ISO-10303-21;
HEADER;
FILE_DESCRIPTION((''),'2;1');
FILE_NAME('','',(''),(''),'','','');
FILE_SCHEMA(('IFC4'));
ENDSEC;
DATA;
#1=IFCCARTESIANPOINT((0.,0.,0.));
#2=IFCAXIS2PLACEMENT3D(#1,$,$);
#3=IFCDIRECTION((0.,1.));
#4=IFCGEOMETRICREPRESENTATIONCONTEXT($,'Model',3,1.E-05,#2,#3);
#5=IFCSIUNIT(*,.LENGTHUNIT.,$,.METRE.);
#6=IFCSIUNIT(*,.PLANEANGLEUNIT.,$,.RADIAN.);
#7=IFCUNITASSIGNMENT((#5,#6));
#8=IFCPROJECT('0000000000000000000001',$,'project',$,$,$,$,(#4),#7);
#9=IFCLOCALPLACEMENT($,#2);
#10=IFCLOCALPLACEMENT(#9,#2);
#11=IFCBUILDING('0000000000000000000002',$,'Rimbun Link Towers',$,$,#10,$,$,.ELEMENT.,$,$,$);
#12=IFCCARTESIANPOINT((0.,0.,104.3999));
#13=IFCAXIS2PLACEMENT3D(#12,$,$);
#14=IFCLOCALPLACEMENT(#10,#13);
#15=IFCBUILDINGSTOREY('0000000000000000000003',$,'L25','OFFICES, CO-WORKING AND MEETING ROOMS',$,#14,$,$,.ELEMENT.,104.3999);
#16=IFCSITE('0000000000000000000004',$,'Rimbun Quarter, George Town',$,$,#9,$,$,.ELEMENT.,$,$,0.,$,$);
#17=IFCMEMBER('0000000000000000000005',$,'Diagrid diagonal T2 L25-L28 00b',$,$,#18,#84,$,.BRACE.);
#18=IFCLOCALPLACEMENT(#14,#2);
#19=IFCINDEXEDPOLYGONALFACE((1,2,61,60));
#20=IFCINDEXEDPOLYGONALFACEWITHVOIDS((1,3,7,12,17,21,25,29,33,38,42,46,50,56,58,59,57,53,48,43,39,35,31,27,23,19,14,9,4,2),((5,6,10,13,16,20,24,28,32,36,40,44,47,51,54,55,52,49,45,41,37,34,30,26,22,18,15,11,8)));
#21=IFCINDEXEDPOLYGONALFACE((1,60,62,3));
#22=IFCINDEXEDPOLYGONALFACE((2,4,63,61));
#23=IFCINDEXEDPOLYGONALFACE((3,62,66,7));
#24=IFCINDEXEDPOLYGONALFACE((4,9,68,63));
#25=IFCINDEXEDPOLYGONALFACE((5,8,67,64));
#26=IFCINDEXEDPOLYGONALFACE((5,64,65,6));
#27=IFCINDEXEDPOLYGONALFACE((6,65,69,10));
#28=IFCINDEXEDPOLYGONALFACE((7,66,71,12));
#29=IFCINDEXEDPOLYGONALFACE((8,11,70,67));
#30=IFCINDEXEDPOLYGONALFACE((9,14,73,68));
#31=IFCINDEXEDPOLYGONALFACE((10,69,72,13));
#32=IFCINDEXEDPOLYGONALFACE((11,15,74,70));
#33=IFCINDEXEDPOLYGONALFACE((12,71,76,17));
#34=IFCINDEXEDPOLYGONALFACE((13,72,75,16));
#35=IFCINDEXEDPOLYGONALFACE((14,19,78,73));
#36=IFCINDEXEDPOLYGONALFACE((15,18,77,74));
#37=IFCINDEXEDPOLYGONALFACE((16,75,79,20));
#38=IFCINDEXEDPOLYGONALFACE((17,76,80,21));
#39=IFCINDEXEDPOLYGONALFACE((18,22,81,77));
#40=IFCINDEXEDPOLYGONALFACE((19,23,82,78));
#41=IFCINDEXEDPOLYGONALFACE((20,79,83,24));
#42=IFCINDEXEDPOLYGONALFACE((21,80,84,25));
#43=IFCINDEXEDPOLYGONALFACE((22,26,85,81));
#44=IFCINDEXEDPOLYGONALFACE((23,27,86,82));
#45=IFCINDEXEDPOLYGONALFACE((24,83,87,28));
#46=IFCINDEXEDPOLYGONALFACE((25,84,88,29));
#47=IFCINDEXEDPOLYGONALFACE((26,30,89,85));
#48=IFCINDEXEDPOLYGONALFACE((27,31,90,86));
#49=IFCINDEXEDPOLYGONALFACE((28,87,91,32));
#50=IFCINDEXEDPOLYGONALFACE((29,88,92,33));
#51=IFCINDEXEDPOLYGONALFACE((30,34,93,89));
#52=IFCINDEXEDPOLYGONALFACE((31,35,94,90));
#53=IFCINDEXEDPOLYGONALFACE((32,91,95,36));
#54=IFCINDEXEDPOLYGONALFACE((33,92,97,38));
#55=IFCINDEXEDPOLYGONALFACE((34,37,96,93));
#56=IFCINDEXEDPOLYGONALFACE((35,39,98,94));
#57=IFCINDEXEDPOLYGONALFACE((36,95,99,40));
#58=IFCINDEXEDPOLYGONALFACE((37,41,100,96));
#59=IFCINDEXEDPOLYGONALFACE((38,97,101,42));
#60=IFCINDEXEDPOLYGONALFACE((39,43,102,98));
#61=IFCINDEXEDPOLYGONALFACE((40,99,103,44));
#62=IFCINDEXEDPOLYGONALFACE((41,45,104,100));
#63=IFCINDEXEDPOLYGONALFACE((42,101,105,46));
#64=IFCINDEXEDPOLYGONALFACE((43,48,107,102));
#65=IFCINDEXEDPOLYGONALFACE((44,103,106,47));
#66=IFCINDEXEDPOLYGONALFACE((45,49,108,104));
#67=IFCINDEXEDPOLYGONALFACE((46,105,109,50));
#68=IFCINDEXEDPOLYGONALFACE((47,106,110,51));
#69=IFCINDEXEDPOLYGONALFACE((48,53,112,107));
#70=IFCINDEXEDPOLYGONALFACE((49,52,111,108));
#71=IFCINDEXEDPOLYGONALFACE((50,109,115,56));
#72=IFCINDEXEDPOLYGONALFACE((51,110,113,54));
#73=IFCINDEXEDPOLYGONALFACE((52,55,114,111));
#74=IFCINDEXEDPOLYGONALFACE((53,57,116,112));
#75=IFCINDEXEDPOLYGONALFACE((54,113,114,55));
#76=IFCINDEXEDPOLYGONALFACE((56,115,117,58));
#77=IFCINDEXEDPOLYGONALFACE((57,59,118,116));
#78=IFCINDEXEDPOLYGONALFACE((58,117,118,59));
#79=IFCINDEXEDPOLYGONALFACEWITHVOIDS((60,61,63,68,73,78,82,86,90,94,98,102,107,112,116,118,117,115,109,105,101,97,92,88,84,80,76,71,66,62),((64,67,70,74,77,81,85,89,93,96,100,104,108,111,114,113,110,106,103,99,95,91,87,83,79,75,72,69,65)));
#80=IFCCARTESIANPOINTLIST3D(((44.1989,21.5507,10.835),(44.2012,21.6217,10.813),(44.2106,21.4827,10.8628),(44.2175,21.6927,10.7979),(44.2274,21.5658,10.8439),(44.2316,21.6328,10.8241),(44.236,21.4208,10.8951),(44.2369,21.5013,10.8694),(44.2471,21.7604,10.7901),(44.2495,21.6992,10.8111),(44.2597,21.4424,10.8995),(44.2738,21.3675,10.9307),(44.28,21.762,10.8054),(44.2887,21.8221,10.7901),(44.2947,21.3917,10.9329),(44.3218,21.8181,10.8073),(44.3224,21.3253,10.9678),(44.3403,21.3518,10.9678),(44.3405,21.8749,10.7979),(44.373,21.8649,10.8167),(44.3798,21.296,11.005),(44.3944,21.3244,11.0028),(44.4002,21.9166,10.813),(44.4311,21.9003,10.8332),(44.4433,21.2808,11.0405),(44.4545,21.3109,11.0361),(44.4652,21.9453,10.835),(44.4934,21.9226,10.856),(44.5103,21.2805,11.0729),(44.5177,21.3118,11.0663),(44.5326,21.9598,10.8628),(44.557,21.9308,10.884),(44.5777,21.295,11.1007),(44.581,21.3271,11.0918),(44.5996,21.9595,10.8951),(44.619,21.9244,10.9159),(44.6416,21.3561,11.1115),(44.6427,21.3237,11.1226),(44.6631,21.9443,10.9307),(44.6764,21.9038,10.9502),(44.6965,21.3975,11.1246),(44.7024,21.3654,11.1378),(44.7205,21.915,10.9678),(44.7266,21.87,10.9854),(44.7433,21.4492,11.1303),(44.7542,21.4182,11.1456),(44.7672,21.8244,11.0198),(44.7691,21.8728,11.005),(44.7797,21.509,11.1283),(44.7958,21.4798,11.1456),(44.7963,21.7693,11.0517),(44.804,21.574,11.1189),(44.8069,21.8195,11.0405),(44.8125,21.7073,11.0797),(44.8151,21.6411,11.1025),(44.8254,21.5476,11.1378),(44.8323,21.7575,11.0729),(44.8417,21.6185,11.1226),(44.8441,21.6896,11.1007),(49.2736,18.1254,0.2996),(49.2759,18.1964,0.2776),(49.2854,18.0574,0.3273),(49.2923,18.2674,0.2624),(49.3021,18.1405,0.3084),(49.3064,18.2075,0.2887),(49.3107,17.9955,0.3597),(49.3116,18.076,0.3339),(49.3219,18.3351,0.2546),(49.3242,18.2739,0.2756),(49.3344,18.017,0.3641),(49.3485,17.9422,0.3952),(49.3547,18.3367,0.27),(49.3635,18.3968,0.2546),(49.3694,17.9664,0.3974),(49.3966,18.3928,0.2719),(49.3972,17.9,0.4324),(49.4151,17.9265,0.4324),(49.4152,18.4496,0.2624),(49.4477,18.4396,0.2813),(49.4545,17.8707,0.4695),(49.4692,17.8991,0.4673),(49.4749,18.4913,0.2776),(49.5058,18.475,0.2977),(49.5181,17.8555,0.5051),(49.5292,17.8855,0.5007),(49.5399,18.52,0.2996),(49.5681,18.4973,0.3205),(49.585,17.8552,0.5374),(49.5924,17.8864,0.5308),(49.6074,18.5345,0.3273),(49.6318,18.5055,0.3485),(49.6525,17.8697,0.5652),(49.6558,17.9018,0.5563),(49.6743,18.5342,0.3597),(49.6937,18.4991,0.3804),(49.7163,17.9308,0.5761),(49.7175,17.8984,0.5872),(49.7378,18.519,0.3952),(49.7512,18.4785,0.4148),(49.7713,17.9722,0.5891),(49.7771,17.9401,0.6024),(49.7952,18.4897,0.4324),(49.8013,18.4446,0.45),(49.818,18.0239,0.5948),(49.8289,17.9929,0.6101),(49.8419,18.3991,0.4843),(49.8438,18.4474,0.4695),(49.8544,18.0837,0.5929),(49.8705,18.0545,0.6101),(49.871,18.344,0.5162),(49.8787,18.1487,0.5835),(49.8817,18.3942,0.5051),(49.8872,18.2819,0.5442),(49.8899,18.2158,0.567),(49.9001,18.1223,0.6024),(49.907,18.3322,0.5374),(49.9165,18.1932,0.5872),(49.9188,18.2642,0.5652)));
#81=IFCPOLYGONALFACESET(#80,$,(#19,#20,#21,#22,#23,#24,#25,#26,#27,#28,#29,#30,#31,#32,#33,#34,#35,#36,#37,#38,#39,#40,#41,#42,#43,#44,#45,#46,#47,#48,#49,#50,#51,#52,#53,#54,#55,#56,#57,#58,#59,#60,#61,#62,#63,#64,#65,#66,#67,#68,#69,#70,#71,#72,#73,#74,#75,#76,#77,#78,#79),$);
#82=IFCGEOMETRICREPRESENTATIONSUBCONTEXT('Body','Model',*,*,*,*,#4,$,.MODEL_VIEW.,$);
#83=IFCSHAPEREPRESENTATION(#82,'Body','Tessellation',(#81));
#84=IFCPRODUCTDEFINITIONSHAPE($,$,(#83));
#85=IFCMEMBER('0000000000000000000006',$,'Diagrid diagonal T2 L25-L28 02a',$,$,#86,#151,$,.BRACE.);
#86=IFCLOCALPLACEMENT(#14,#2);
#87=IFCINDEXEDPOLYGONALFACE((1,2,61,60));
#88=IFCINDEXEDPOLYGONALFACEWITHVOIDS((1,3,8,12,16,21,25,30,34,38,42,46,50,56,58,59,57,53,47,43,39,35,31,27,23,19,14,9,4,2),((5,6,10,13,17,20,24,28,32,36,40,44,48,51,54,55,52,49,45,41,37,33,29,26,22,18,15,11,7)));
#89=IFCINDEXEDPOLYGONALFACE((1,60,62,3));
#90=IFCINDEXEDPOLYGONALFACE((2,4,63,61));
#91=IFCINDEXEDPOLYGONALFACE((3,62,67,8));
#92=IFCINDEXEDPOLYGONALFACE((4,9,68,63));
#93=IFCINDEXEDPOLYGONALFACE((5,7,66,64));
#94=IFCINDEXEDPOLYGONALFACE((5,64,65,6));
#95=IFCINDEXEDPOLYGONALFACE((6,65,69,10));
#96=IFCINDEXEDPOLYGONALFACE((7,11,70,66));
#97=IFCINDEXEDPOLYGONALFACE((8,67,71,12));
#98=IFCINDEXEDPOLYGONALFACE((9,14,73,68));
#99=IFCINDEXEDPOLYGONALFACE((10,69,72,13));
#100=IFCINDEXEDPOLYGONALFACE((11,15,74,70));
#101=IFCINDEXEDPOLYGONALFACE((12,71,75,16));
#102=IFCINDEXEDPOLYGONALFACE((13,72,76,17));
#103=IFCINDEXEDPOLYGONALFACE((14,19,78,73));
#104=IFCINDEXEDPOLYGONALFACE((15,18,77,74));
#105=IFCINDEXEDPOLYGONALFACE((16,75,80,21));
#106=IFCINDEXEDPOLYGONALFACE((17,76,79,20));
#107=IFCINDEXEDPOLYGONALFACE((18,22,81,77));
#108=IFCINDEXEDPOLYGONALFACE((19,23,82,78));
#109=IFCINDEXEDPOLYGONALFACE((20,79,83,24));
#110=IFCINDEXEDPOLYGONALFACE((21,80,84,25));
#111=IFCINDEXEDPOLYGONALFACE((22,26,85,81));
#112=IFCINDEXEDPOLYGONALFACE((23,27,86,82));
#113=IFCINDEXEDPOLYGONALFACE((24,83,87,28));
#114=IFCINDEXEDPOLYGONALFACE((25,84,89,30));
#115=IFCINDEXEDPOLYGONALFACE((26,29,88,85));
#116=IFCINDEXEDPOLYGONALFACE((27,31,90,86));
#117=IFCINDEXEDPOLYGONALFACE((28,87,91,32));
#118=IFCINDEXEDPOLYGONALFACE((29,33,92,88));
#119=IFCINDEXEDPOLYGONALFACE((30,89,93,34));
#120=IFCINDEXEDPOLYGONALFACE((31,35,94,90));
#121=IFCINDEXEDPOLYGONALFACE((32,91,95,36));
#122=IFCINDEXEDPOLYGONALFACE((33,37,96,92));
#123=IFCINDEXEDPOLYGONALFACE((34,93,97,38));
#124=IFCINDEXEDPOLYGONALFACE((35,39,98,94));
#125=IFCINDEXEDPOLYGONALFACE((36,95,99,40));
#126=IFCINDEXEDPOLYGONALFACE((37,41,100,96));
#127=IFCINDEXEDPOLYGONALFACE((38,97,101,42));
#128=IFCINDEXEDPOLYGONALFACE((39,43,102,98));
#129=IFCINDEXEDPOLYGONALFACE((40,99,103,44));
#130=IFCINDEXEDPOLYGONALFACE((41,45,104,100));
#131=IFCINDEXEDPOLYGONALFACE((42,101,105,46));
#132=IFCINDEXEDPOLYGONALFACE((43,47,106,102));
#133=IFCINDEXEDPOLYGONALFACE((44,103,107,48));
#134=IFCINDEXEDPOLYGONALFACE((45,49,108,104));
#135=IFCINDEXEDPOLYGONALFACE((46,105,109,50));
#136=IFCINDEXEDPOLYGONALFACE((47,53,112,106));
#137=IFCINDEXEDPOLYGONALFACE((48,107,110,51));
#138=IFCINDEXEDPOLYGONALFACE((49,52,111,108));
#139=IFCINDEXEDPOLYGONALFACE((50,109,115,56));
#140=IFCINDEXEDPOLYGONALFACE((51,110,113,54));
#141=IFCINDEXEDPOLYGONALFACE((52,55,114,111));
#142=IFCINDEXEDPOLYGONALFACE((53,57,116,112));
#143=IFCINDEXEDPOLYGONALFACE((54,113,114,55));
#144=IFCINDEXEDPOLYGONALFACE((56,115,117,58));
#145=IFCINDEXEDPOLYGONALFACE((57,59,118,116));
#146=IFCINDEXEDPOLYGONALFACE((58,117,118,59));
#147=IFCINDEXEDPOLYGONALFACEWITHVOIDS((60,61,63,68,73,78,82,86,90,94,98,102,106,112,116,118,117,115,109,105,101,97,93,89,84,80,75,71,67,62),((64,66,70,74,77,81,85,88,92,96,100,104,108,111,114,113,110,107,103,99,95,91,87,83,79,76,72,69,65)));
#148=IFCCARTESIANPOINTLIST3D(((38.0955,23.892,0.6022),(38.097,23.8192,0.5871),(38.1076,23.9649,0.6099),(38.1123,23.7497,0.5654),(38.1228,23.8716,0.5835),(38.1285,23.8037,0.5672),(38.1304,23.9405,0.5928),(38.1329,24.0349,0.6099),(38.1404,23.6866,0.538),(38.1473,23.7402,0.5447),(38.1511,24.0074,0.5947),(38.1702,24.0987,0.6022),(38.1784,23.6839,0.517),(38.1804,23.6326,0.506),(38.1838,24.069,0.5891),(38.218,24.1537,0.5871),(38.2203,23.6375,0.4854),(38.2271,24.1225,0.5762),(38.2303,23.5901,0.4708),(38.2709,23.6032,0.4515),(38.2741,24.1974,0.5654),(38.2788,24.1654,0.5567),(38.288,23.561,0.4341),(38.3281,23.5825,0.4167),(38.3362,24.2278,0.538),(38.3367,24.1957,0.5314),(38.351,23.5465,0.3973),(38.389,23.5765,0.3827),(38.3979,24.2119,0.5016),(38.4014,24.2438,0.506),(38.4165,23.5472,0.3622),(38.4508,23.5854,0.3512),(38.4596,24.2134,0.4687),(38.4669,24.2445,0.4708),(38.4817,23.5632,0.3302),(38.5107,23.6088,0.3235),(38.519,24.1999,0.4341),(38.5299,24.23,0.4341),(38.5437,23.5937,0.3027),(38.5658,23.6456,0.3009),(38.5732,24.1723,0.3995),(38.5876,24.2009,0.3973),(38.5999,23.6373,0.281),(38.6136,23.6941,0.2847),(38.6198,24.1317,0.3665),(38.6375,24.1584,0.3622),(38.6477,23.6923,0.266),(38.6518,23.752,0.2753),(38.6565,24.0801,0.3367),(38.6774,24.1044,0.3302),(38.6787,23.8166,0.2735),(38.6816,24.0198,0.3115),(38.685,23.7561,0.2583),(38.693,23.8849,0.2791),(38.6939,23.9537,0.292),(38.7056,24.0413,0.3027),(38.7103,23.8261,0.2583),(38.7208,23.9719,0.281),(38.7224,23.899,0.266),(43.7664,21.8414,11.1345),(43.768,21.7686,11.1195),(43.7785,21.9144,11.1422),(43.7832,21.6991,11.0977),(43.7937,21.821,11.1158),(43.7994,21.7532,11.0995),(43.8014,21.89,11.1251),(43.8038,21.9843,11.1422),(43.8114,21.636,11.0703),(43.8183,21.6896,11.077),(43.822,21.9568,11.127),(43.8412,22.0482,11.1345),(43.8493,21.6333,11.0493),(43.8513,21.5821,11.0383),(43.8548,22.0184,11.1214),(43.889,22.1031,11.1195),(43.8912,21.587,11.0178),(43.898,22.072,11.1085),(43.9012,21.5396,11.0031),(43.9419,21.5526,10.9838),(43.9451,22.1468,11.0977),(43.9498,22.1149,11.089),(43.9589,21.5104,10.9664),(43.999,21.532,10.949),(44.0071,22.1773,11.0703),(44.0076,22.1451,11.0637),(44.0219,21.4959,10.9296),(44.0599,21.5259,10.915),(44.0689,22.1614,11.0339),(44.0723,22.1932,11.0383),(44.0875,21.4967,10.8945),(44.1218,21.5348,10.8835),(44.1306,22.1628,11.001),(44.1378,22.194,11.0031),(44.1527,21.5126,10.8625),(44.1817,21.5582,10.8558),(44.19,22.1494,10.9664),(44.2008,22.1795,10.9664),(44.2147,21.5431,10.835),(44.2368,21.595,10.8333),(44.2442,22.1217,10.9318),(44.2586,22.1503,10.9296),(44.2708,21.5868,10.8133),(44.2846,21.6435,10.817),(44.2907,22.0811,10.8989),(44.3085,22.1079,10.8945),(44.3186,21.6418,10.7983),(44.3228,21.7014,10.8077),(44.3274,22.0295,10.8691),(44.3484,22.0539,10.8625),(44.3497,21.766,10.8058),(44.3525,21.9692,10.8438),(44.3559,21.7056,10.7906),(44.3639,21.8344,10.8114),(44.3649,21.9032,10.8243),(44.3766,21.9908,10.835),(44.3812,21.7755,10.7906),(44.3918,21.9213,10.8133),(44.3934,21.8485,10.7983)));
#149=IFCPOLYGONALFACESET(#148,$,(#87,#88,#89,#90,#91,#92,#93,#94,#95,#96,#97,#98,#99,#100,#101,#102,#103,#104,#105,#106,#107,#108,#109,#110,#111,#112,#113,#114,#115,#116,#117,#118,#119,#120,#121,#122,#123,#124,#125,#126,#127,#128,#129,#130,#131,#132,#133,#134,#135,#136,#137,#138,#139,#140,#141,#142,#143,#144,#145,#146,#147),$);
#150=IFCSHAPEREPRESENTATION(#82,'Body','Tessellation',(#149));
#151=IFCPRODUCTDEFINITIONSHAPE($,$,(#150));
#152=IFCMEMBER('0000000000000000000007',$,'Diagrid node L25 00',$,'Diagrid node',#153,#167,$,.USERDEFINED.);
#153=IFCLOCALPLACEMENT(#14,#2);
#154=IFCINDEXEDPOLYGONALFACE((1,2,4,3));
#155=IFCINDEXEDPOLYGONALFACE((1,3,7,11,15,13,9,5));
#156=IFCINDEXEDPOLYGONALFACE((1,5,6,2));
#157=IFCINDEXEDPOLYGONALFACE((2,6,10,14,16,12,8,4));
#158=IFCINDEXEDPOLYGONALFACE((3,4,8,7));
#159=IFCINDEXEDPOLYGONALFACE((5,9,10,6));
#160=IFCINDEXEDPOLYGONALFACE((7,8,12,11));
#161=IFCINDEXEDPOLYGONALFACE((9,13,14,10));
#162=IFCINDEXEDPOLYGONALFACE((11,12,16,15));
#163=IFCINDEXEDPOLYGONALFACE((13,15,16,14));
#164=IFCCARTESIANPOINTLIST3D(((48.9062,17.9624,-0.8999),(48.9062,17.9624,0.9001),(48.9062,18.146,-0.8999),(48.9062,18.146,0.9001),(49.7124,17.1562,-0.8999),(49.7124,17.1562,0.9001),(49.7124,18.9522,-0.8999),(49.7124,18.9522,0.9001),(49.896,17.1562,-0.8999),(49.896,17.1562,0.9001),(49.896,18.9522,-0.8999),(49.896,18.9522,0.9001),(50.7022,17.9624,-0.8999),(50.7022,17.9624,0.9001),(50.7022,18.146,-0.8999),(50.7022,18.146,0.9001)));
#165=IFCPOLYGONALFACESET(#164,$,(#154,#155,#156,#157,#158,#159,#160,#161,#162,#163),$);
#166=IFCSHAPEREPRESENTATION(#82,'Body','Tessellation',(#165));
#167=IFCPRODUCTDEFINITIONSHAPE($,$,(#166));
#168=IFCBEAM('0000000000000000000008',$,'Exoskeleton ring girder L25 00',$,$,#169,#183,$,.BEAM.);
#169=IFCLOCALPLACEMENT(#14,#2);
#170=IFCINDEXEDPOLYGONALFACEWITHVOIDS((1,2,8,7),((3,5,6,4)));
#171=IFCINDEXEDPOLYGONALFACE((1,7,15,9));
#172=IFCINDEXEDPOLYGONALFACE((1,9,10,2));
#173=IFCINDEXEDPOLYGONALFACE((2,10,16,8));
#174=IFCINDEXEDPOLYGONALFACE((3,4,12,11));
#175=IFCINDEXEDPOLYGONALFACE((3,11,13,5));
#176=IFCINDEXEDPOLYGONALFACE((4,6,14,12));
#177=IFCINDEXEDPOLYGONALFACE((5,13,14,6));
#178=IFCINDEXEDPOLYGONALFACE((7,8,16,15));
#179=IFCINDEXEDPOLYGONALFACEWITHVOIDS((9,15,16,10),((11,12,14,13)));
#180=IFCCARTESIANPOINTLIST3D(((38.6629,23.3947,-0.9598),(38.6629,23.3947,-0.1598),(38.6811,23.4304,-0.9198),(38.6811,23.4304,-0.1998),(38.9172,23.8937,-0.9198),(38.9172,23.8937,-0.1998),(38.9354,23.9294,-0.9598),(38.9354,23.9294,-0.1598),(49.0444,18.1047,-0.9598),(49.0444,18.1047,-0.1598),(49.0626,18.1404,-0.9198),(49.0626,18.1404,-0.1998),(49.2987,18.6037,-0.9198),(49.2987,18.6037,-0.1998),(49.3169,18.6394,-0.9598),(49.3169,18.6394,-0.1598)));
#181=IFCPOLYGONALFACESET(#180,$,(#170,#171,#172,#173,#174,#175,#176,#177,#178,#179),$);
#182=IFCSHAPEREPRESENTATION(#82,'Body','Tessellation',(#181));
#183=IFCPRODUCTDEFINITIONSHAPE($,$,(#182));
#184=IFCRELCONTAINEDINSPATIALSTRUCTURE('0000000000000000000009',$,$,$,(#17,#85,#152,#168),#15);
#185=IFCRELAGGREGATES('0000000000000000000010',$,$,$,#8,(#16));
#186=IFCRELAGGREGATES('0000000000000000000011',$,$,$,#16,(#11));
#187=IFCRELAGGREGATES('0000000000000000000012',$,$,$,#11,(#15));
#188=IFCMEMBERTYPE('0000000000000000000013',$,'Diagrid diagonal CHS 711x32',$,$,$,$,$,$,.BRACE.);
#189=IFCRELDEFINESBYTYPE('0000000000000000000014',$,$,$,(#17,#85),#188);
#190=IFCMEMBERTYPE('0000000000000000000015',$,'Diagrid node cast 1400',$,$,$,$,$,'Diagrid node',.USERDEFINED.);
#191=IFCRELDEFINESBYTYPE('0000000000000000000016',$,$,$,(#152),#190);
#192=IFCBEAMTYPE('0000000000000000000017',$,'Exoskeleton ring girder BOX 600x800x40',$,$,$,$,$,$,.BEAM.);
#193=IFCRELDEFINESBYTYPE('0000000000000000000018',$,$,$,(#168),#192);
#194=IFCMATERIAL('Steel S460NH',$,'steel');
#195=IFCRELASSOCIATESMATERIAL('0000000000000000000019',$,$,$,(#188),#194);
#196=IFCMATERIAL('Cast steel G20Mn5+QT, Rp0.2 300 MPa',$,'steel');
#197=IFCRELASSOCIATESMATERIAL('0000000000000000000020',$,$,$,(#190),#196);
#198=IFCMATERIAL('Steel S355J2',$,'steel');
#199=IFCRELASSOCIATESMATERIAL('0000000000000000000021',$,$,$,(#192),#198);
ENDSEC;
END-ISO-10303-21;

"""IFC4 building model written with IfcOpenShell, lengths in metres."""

from ifc_helpers import new_model, si_unit, direction, frame, origin, origin_2d, place, context, subcontext, project, spatial, polyline, hollow_rectangle, hollow_circle, outline, extrude, material, material_profile, profile_set, type_object, element, save


model = new_model("IFC4")

# Units and contexts
model_context = context("Model", 3, precision=1e-05, world=origin(), true_north=direction((0.0, 1.0)))
body_context = subcontext(model_context, "Body", "Model", "MODEL_VIEW")
ifc_project = project(units=[si_unit("LENGTHUNIT", "METRE"), si_unit("PLANEANGLEUNIT", "RADIAN")], contexts=[model_context])

# Site, building, storey
site_placement = place(None, origin())
site = spatial("IfcSite", under=ifc_project, at=site_placement, Name="Rimbun Quarter, George Town", CompositionType="ELEMENT", RefElevation=0.0)
building_placement = place(site_placement, origin())
building = spatial("IfcBuilding", under=site, at=building_placement, Name="Rimbun Link Towers", CompositionType="ELEMENT")
storey_placement = place(building_placement, frame((0.0, 0.0, 104.3999)))
storey = spatial("IfcBuildingStorey", under=building, at=storey_placement, Name="L25", Description="OFFICES, CO-WORKING AND MEETING ROOMS", CompositionType="ELEMENT", Elevation=104.3999)

# Members
ifc_material_1 = material(Name="Steel S460NH", Category="steel")
ifc_material_profile_1 = material_profile(ifc_material_1, hollow_circle(Radius=0.3557, WallThickness=0.032, at=origin_2d()), Name="Diagrid diagonal CHS 711x32")
ifc_profile_set_1 = profile_set([ifc_material_profile_1], Name="Steel S460NH")
member_type_1 = type_object("IfcMemberType", Name="Diagrid diagonal CHS 711x32", PredefinedType="BRACE", material=ifc_profile_set_1)
for number, where, z_axis, x_axis, name in (
    (1, (49.5962, 18.1948, 0.4324), (-0.416464, 0.281102, 0.864604), (-0.559458, -0.828859, 0.0), "Diagrid diagonal T2 L25-L28 00b"),
):
    element("IfcMember", number, at=place(storey_placement, frame(where, z_axis=z_axis, x_axis=x_axis)), inside=storey, type_object=member_type_1, Name=name, PredefinedType="BRACE", context=body_context, shape_type="SweptSolid", body=[
        extrude(hollow_circle(Radius=0.3557, WallThickness=0.032, at=origin_2d()), origin(), (0.0, 0.0, 1.0), 12.1853),
    ])
member_1_placement = place(storey_placement, frame((38.4089, 23.8955, 0.4341), z_axis=(0.467265, -0.168958, 0.867823), x_axis=(0.340042, 0.94041, 0.0)))
element("IfcMember", 2, at=member_1_placement, inside=storey, type_object=member_type_1, Name="Diagrid diagonal T2 L25-L28 02a", PredefinedType="BRACE", context=body_context, shape_type="SweptSolid", body=[
    extrude(hollow_circle(Radius=0.3557, WallThickness=0.032, at=origin_2d()), origin(), (0.0, 0.0, 1.0), 12.1365),
])
ifc_material_2 = material(Name="Cast steel G20Mn5+QT, Rp0.2 300 MPa", Category="steel")
ifc_material_profile_2 = material_profile(ifc_material_2, outline(polyline([(0.7, -0.5701), (0.7, 0.5701), (0.5701, 0.7), (-0.5701, 0.7), (-0.7, 0.5701), (-0.7, -0.5701), (-0.5701, -0.7), (0.5701, -0.7), (0.7, -0.5701)])), Name="NODE 1400x1400")
ifc_profile_set_2 = profile_set([ifc_material_profile_2], Name="Cast steel G20Mn5+QT, Rp0.2 300 MPa")
member_type_2 = type_object("IfcMemberType", Name="Diagrid node cast 1400", ElementType="Diagrid node", PredefinedType="USERDEFINED", material=ifc_profile_set_2)
member_2_placement = place(storey_placement, frame((49.8042, 18.0542, -0.8999), z_axis=(0.0, 0.0, 1.0), x_axis=(0.707107, 0.707107, 0.0)))
element("IfcMember", 3, at=member_2_placement, inside=storey, type_object=member_type_2, Name="Diagrid node L25 00", ObjectType="Diagrid node", PredefinedType="USERDEFINED", context=body_context, shape_type="SweptSolid", body=[
    extrude(outline(polyline([(0.7, -0.5701), (0.7, 0.5701), (0.5701, 0.7), (-0.5701, 0.7), (-0.7, 0.5701), (-0.7, -0.5701), (-0.5701, -0.7), (0.5701, -0.7), (0.7, -0.5701)])), origin(), (0.0, 0.0, 1.0), 1.8),
])

# Beam
ifc_material_3 = material(Name="Steel S355J2", Category="steel")
ifc_material_profile_3 = material_profile(ifc_material_3, hollow_rectangle(XDim=0.6001, YDim=0.8, WallThickness=0.04, at=origin_2d()), Name="Exoskeleton ring girder BOX 600x800x40")
ifc_profile_set_3 = profile_set([ifc_material_profile_3], Name="Steel S355J2")
beam_type_1 = type_object("IfcBeamType", Name="Exoskeleton ring girder BOX 600x800x40", PredefinedType="BEAM", material=ifc_profile_set_3)
beam_1_placement = place(storey_placement, frame((49.1807, 18.3721, -0.5598), z_axis=(-0.890994, 0.454015, 0.0), x_axis=(-0.454015, -0.890994, 0.0)))
element("IfcBeam", 4, at=beam_1_placement, inside=storey, type_object=beam_type_1, Name="Exoskeleton ring girder L25 00", PredefinedType="BEAM", context=body_context, shape_type="SweptSolid", body=[
    extrude(hollow_rectangle(XDim=0.6001, YDim=0.8, WallThickness=0.04, at=origin_2d()), origin(), (0.0, 0.0, 1.0), 11.6516),
])

save(model, "model.ifc")
